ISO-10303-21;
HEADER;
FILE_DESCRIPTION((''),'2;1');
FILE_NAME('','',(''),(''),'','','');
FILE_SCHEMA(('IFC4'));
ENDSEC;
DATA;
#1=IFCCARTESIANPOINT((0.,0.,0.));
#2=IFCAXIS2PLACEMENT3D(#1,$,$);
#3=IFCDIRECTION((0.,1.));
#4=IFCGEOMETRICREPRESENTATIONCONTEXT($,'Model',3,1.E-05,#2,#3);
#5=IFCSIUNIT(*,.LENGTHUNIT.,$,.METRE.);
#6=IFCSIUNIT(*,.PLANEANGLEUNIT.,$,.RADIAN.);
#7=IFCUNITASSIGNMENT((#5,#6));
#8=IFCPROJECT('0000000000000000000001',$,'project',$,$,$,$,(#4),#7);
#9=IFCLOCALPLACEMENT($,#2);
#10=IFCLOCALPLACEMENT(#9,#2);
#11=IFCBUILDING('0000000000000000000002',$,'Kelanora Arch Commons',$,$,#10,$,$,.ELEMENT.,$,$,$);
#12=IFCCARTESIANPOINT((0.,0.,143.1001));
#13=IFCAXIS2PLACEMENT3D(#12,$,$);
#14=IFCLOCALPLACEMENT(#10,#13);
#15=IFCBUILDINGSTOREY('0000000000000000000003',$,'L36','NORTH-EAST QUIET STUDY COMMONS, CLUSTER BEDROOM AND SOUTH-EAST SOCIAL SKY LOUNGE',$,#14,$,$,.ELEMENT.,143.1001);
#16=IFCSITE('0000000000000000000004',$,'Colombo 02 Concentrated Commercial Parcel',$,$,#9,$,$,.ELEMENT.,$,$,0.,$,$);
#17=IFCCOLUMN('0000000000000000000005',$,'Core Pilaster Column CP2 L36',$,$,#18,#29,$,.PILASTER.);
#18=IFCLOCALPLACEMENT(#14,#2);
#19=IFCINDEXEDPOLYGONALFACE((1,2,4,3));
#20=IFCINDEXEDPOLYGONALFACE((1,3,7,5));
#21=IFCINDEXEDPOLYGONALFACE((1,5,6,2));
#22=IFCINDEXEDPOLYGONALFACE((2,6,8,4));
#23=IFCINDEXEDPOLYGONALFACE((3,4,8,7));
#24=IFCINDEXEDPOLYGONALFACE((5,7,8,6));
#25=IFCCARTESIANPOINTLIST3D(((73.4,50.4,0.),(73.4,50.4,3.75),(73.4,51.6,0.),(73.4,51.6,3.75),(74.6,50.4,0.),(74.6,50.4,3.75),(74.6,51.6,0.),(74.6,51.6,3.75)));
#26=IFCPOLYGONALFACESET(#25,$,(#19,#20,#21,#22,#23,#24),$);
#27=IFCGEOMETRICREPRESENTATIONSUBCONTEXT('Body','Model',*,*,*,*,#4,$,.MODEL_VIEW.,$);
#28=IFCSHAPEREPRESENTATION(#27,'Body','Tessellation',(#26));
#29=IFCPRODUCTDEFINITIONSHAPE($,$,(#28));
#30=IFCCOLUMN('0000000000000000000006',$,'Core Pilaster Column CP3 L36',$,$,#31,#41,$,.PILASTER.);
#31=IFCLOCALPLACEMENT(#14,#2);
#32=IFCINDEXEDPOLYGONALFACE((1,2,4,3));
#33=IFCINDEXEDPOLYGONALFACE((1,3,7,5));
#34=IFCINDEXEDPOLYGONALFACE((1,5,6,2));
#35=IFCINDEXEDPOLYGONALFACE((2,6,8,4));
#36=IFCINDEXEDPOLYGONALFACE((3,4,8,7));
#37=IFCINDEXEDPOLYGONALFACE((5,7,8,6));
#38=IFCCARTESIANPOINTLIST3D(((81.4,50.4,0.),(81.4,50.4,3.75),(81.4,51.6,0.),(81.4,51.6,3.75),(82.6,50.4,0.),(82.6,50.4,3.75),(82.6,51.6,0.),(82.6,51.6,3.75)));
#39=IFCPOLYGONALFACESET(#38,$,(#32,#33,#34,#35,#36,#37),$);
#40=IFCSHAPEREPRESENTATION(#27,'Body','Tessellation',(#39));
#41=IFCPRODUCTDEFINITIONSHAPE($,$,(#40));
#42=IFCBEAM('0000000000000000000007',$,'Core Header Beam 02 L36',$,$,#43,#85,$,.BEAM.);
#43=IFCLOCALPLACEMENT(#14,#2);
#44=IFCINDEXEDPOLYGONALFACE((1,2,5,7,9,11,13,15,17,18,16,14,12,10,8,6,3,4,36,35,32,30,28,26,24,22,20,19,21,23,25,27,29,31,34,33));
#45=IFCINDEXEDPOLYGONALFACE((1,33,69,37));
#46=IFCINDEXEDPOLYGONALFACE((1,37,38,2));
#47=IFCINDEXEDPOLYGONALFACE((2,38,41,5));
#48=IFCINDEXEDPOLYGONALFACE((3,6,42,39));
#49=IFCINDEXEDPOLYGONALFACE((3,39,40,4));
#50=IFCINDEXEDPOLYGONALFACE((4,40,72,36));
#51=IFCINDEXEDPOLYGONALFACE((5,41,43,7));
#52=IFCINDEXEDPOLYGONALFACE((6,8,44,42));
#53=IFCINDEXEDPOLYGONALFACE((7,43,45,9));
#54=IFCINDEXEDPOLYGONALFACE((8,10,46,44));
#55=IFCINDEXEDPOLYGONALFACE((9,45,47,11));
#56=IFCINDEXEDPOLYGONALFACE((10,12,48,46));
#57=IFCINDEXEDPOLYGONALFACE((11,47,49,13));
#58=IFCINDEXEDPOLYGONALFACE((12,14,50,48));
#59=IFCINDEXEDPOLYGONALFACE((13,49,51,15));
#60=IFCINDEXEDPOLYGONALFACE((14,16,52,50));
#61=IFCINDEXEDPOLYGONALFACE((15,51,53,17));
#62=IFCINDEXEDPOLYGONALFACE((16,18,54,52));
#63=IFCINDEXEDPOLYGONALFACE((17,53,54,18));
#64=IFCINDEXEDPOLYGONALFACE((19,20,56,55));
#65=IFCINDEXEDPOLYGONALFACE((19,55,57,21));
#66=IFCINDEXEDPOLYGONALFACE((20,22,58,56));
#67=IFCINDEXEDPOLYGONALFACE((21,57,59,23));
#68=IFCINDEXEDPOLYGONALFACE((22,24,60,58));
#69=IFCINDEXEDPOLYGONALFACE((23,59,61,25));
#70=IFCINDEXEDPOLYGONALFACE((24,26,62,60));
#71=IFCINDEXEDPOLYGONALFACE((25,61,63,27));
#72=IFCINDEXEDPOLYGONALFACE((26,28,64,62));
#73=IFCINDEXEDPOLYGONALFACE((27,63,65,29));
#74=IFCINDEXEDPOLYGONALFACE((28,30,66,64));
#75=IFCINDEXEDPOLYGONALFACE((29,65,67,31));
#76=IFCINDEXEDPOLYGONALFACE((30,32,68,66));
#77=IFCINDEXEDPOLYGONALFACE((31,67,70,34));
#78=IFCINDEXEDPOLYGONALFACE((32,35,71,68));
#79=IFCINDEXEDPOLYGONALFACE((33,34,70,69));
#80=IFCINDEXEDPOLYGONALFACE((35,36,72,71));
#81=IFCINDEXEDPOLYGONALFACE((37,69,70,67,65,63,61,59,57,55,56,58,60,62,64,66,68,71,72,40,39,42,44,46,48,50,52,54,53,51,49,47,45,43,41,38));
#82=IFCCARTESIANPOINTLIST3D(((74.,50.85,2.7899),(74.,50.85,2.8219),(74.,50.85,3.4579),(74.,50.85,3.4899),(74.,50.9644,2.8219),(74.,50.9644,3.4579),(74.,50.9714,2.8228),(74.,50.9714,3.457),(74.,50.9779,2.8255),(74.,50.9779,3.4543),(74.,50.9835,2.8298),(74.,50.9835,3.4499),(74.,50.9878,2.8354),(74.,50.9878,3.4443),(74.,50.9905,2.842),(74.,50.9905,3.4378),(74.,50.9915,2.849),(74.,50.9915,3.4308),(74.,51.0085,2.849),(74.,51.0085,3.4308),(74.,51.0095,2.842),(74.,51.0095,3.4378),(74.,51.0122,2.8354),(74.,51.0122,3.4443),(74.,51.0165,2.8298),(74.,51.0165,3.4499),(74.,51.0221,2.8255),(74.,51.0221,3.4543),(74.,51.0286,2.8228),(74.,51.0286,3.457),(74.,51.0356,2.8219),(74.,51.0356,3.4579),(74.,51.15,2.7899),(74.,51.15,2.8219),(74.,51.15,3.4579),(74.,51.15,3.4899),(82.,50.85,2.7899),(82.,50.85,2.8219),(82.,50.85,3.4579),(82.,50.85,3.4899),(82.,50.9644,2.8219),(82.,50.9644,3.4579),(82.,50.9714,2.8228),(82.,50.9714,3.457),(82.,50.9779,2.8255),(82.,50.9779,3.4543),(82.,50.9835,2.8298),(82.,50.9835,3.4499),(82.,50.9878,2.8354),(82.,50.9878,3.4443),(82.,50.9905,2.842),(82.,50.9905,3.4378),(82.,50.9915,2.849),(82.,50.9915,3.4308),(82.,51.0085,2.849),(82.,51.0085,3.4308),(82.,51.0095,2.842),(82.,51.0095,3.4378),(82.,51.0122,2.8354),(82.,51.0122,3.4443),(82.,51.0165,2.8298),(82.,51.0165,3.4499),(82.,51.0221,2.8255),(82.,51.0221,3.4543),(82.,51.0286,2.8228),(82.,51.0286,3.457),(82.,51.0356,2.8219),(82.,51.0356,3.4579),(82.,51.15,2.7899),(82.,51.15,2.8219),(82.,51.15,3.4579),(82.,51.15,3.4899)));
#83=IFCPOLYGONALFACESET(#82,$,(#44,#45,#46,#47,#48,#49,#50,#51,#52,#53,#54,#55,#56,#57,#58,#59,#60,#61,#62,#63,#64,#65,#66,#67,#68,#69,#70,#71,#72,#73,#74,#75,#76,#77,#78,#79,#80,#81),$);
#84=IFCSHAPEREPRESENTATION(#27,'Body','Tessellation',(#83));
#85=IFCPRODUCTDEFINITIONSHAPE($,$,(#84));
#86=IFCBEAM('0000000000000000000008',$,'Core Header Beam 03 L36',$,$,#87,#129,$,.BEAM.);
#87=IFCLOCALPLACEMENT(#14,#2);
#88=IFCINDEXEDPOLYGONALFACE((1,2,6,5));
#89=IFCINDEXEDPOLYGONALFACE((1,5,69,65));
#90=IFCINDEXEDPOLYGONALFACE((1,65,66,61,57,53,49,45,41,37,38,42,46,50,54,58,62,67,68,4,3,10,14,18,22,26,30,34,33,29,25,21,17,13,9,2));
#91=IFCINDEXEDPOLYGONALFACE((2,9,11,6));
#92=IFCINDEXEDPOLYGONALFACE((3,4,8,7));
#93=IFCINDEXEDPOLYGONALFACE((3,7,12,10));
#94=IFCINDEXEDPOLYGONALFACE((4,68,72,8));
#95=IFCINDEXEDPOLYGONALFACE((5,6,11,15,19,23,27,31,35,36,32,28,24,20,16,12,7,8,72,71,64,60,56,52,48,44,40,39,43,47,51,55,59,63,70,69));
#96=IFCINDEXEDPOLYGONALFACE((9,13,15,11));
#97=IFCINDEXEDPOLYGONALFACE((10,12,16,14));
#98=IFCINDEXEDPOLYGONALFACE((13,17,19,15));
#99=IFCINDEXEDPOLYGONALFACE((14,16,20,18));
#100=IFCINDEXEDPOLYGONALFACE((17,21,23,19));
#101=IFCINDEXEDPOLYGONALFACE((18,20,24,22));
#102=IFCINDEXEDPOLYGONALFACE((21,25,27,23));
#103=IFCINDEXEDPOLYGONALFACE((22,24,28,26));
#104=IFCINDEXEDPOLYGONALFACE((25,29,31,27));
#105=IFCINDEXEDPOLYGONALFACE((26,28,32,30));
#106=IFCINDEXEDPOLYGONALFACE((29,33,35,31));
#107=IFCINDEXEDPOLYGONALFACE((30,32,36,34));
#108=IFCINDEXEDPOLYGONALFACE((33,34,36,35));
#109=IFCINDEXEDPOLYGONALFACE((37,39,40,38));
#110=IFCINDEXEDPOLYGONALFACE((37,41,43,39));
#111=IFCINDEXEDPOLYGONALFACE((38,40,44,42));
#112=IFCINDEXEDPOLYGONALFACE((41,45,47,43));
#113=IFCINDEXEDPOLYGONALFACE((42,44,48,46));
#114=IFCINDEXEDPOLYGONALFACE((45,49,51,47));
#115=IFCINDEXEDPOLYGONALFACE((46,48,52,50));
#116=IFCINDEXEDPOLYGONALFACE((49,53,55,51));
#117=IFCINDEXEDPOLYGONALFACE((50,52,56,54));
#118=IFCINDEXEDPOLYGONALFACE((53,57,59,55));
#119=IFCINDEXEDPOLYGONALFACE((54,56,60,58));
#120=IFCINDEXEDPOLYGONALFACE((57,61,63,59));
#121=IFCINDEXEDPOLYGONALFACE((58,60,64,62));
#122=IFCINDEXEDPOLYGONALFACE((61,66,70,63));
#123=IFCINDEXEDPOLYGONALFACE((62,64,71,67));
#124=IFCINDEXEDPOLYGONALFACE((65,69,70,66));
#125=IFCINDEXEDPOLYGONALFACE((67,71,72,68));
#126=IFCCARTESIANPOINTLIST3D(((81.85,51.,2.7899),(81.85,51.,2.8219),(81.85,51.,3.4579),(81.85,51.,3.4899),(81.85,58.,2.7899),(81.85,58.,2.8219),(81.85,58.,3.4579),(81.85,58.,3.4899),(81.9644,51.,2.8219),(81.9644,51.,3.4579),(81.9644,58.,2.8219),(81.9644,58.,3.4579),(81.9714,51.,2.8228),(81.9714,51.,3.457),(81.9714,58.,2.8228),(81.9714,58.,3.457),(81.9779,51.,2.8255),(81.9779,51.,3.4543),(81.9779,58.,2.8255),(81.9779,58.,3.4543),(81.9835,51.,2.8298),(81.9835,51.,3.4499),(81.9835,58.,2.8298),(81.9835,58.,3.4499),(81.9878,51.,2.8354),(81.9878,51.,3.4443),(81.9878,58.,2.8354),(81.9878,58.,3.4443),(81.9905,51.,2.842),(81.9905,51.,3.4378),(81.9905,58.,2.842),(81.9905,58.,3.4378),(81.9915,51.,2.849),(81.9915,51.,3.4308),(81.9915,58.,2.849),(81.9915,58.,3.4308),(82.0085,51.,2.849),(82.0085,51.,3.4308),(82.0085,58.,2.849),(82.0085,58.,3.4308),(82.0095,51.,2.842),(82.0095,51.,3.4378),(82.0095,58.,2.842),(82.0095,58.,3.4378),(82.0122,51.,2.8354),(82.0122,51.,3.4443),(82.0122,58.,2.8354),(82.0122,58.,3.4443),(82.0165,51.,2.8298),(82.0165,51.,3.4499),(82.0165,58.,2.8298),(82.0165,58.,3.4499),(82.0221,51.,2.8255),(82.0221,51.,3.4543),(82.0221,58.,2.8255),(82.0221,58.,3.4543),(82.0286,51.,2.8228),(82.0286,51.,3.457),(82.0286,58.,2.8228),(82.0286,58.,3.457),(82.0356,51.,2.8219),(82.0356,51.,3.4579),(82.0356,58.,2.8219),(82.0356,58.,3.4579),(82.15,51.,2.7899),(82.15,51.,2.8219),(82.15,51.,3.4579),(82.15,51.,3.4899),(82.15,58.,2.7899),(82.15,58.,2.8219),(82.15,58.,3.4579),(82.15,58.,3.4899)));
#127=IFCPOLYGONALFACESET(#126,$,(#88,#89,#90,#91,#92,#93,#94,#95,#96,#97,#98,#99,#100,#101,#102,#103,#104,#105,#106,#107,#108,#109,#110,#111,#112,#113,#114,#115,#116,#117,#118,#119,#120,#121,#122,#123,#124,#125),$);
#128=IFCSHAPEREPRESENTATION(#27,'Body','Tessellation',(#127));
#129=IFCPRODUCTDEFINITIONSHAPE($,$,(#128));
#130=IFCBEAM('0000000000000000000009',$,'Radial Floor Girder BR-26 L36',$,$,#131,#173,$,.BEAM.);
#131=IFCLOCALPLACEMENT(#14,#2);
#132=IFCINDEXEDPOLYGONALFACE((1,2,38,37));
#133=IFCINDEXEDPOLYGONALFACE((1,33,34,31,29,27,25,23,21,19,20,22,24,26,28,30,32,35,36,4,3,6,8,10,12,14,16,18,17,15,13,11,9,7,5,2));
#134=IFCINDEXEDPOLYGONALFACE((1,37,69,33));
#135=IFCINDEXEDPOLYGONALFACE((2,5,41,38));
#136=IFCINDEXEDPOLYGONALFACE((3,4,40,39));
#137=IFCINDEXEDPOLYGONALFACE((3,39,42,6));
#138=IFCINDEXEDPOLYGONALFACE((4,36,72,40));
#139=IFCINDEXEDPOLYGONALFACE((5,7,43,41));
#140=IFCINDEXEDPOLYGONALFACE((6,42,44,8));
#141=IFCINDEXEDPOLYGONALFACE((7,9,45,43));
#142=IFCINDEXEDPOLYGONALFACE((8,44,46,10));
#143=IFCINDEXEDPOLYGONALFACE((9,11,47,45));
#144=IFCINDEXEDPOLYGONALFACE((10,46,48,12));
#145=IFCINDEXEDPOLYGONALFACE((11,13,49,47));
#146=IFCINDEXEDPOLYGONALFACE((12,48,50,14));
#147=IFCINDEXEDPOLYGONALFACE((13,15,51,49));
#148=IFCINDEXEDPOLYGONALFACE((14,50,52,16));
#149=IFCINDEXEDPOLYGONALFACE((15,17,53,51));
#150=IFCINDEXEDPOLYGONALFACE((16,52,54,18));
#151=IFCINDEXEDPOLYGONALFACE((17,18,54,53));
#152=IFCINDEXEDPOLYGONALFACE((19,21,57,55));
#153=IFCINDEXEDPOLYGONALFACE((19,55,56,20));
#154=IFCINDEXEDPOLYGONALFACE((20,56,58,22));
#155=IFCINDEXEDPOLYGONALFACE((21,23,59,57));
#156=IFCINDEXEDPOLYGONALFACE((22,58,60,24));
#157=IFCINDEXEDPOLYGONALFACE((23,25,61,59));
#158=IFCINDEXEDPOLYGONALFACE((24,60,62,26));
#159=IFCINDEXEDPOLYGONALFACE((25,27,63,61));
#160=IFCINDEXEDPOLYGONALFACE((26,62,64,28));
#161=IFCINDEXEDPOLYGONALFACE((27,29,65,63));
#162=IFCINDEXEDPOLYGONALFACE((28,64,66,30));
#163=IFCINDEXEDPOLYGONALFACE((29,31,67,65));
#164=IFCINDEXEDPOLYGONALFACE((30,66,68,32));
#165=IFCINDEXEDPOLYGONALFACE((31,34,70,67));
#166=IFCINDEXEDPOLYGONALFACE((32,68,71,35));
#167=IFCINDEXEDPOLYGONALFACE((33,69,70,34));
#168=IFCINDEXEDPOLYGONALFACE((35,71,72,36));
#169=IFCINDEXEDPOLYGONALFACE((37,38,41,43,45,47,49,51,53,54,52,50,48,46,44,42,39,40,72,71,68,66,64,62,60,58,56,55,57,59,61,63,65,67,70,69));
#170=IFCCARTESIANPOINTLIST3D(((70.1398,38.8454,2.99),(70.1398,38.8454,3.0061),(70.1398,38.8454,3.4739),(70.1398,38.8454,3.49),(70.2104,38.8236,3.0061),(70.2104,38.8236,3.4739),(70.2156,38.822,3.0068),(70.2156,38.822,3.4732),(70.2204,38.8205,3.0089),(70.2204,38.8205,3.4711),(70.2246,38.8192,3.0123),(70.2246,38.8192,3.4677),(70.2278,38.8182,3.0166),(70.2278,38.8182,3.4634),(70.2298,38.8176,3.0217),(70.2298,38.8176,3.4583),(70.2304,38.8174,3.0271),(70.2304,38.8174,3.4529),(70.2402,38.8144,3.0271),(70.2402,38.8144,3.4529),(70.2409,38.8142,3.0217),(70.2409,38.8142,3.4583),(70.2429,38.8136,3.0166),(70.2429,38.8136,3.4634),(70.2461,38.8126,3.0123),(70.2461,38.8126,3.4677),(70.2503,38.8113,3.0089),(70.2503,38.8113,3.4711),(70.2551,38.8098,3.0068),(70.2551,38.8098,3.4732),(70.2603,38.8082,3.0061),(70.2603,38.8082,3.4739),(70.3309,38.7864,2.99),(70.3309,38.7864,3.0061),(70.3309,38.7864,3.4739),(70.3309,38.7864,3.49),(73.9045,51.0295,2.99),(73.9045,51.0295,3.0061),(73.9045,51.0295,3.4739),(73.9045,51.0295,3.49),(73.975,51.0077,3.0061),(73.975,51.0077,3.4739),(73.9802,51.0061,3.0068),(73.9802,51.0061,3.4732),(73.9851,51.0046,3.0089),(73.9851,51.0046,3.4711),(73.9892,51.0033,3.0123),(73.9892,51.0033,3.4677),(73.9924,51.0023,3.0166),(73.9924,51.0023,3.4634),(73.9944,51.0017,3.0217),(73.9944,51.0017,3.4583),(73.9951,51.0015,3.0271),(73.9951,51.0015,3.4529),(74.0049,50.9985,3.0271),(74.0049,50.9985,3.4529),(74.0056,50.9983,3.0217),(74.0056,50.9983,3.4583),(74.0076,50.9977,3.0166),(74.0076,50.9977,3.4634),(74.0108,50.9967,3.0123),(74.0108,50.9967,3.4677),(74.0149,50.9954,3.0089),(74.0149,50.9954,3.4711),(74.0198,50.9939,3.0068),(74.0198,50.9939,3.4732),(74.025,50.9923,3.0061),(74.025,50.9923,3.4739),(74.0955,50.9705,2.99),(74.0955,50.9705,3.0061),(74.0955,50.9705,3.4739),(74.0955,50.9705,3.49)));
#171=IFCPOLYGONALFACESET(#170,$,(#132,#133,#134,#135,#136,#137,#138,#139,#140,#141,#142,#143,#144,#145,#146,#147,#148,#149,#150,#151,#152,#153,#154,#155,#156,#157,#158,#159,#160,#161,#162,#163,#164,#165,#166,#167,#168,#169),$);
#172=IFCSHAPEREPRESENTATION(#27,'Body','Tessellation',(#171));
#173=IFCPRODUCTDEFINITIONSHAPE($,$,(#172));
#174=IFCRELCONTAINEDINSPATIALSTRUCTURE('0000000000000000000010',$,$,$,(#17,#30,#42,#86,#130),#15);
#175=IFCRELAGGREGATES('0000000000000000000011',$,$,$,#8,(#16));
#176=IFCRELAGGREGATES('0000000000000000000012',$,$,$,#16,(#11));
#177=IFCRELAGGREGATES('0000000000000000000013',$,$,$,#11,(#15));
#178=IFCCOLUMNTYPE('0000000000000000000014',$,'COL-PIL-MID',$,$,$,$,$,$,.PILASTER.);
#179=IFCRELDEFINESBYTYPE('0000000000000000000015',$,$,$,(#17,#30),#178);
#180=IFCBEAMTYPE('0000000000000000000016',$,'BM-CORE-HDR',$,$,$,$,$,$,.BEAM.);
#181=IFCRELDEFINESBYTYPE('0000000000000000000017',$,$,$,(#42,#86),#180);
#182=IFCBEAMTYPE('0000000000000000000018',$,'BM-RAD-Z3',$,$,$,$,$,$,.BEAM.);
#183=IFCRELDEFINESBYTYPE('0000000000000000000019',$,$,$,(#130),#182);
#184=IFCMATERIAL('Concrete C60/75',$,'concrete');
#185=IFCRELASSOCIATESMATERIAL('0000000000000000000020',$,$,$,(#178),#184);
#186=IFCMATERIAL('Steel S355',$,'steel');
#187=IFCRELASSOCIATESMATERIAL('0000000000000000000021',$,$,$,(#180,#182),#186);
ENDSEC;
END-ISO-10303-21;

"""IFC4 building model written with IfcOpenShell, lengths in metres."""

from ifc_helpers import new_model, si_unit, direction, frame, origin, origin_2d, place, context, subcontext, project, spatial, rectangle, i_section, extrude, material, material_profile, profile_set, type_object, element, save


model = new_model("IFC4")

# Units and contexts
model_context = context("Model", 3, precision=1e-05, world=origin(), true_north=direction((0.0, 1.0)))
body_context = subcontext(model_context, "Body", "Model", "MODEL_VIEW")
ifc_project = project(units=[si_unit("LENGTHUNIT", "METRE"), si_unit("PLANEANGLEUNIT", "RADIAN")], contexts=[model_context])

# Site, building, storey
site_placement = place(None, origin())
site = spatial("IfcSite", under=ifc_project, at=site_placement, Name="Colombo 02 Concentrated Commercial Parcel", CompositionType="ELEMENT", RefElevation=0.0)
building_placement = place(site_placement, origin())
building = spatial("IfcBuilding", under=site, at=building_placement, Name="Kelanora Arch Commons", CompositionType="ELEMENT")
storey_placement = place(building_placement, frame((0.0, 0.0, 143.1001)))
storey = spatial("IfcBuildingStorey", under=building, at=storey_placement, Name="L36", Description="NORTH-EAST QUIET STUDY COMMONS, CLUSTER BEDROOM AND SOUTH-EAST SOCIAL SKY LOUNGE", CompositionType="ELEMENT", Elevation=143.1001)

# Columns
ifc_material_1 = material(Name="Concrete C60/75", Category="concrete")
ifc_material_profile_1 = material_profile(ifc_material_1, rectangle(XDim=1.2, YDim=1.2, at=origin_2d()), Name="RC1200x1200")
ifc_profile_set_1 = profile_set([ifc_material_profile_1], Name="Concrete C60/75")
column_type = type_object("IfcColumnType", Name="COL-PIL-MID", PredefinedType="PILASTER", material=ifc_profile_set_1)
for number, where, z_axis, x_axis, name in (
    (1, (74.0, 51.0, 0.0), (0.0, 0.0, 1.0), (1.0, 0.0, 0.0), "Core Pilaster Column CP2 L36"),
    (2, (82.0, 51.0, 0.0), (0.0, 0.0, 1.0), (1.0, 0.0, 0.0), "Core Pilaster Column CP3 L36"),
):
    element("IfcColumn", number, at=place(storey_placement, frame(where, z_axis=z_axis, x_axis=x_axis)), inside=storey, type_object=column_type, Name=name, PredefinedType="PILASTER", context=body_context, shape_type="SweptSolid", body=[
        extrude(rectangle(XDim=1.2, YDim=1.2, at=origin_2d()), origin(), (0.0, 0.0, 1.0), 3.75),
    ])

# Beams
ifc_material_2 = material(Name="Steel S355", Category="steel")
ifc_material_profile_2 = material_profile(ifc_material_2, i_section(OverallWidth=0.3, OverallDepth=0.7, WebThickness=0.0171, FlangeThickness=0.032, FilletRadius=0.0271, at=origin_2d()), Name="HEB700")
ifc_profile_set_2 = profile_set([ifc_material_profile_2], Name="Steel S355")
beam_type_1 = type_object("IfcBeamType", Name="BM-CORE-HDR", PredefinedType="BEAM", material=ifc_profile_set_2)
beam_1_placement = place(storey_placement, frame((74.0, 51.0, 3.1399), z_axis=(1.0, 0.0, 0.0), x_axis=(0.0, 1.0, 0.0)))
element("IfcBeam", 3, at=beam_1_placement, inside=storey, type_object=beam_type_1, Name="Core Header Beam 02 L36", PredefinedType="BEAM", context=body_context, shape_type="SweptSolid", body=[
    extrude(i_section(OverallWidth=0.3, OverallDepth=0.7, WebThickness=0.0171, FlangeThickness=0.032, FilletRadius=0.0271, at=origin_2d()), origin(), (0.0, 0.0, 1.0), 8.0),
])
beam_2_placement = place(storey_placement, frame((82.0, 51.0, 3.1399), z_axis=(0.0, 1.0, 0.0), x_axis=(-1.0, 0.0, 0.0)))
element("IfcBeam", 4, at=beam_2_placement, inside=storey, type_object=beam_type_1, Name="Core Header Beam 03 L36", PredefinedType="BEAM", context=body_context, shape_type="SweptSolid", body=[
    extrude(i_section(OverallWidth=0.3, OverallDepth=0.7, WebThickness=0.0171, FlangeThickness=0.032, FilletRadius=0.0271, at=origin_2d()), origin(), (0.0, 0.0, 1.0), 7.0),
])
ifc_material_profile_3 = material_profile(ifc_material_2, i_section(OverallWidth=0.2, OverallDepth=0.5, WebThickness=0.0103, FlangeThickness=0.0161, FilletRadius=0.021, at=origin_2d()), Name="IPE500")
ifc_profile_set_3 = profile_set([ifc_material_profile_3], Name="Steel S355")
beam_type_2 = type_object("IfcBeamType", Name="BM-RAD-Z3", PredefinedType="BEAM", material=ifc_profile_set_3)
for number, where, z_axis, x_axis, name in (
    (5, (74.0, 51.0, 3.24), (-0.29521, -0.955432, 0.0), (0.955432, -0.29521, 0.0), "Radial Floor Girder BR-26 L36"),
):
    element("IfcBeam", number, at=place(storey_placement, frame(where, z_axis=z_axis, x_axis=x_axis)), inside=storey, type_object=beam_type_2, Name=name, PredefinedType="BEAM", context=body_context, shape_type="SweptSolid", body=[
        extrude(i_section(OverallWidth=0.2, OverallDepth=0.5, WebThickness=0.0103, FlangeThickness=0.0161, FilletRadius=0.021, at=origin_2d()), origin(), (0.0, 0.0, 1.0), 12.7524),
    ])

save(model, "model.ifc")
